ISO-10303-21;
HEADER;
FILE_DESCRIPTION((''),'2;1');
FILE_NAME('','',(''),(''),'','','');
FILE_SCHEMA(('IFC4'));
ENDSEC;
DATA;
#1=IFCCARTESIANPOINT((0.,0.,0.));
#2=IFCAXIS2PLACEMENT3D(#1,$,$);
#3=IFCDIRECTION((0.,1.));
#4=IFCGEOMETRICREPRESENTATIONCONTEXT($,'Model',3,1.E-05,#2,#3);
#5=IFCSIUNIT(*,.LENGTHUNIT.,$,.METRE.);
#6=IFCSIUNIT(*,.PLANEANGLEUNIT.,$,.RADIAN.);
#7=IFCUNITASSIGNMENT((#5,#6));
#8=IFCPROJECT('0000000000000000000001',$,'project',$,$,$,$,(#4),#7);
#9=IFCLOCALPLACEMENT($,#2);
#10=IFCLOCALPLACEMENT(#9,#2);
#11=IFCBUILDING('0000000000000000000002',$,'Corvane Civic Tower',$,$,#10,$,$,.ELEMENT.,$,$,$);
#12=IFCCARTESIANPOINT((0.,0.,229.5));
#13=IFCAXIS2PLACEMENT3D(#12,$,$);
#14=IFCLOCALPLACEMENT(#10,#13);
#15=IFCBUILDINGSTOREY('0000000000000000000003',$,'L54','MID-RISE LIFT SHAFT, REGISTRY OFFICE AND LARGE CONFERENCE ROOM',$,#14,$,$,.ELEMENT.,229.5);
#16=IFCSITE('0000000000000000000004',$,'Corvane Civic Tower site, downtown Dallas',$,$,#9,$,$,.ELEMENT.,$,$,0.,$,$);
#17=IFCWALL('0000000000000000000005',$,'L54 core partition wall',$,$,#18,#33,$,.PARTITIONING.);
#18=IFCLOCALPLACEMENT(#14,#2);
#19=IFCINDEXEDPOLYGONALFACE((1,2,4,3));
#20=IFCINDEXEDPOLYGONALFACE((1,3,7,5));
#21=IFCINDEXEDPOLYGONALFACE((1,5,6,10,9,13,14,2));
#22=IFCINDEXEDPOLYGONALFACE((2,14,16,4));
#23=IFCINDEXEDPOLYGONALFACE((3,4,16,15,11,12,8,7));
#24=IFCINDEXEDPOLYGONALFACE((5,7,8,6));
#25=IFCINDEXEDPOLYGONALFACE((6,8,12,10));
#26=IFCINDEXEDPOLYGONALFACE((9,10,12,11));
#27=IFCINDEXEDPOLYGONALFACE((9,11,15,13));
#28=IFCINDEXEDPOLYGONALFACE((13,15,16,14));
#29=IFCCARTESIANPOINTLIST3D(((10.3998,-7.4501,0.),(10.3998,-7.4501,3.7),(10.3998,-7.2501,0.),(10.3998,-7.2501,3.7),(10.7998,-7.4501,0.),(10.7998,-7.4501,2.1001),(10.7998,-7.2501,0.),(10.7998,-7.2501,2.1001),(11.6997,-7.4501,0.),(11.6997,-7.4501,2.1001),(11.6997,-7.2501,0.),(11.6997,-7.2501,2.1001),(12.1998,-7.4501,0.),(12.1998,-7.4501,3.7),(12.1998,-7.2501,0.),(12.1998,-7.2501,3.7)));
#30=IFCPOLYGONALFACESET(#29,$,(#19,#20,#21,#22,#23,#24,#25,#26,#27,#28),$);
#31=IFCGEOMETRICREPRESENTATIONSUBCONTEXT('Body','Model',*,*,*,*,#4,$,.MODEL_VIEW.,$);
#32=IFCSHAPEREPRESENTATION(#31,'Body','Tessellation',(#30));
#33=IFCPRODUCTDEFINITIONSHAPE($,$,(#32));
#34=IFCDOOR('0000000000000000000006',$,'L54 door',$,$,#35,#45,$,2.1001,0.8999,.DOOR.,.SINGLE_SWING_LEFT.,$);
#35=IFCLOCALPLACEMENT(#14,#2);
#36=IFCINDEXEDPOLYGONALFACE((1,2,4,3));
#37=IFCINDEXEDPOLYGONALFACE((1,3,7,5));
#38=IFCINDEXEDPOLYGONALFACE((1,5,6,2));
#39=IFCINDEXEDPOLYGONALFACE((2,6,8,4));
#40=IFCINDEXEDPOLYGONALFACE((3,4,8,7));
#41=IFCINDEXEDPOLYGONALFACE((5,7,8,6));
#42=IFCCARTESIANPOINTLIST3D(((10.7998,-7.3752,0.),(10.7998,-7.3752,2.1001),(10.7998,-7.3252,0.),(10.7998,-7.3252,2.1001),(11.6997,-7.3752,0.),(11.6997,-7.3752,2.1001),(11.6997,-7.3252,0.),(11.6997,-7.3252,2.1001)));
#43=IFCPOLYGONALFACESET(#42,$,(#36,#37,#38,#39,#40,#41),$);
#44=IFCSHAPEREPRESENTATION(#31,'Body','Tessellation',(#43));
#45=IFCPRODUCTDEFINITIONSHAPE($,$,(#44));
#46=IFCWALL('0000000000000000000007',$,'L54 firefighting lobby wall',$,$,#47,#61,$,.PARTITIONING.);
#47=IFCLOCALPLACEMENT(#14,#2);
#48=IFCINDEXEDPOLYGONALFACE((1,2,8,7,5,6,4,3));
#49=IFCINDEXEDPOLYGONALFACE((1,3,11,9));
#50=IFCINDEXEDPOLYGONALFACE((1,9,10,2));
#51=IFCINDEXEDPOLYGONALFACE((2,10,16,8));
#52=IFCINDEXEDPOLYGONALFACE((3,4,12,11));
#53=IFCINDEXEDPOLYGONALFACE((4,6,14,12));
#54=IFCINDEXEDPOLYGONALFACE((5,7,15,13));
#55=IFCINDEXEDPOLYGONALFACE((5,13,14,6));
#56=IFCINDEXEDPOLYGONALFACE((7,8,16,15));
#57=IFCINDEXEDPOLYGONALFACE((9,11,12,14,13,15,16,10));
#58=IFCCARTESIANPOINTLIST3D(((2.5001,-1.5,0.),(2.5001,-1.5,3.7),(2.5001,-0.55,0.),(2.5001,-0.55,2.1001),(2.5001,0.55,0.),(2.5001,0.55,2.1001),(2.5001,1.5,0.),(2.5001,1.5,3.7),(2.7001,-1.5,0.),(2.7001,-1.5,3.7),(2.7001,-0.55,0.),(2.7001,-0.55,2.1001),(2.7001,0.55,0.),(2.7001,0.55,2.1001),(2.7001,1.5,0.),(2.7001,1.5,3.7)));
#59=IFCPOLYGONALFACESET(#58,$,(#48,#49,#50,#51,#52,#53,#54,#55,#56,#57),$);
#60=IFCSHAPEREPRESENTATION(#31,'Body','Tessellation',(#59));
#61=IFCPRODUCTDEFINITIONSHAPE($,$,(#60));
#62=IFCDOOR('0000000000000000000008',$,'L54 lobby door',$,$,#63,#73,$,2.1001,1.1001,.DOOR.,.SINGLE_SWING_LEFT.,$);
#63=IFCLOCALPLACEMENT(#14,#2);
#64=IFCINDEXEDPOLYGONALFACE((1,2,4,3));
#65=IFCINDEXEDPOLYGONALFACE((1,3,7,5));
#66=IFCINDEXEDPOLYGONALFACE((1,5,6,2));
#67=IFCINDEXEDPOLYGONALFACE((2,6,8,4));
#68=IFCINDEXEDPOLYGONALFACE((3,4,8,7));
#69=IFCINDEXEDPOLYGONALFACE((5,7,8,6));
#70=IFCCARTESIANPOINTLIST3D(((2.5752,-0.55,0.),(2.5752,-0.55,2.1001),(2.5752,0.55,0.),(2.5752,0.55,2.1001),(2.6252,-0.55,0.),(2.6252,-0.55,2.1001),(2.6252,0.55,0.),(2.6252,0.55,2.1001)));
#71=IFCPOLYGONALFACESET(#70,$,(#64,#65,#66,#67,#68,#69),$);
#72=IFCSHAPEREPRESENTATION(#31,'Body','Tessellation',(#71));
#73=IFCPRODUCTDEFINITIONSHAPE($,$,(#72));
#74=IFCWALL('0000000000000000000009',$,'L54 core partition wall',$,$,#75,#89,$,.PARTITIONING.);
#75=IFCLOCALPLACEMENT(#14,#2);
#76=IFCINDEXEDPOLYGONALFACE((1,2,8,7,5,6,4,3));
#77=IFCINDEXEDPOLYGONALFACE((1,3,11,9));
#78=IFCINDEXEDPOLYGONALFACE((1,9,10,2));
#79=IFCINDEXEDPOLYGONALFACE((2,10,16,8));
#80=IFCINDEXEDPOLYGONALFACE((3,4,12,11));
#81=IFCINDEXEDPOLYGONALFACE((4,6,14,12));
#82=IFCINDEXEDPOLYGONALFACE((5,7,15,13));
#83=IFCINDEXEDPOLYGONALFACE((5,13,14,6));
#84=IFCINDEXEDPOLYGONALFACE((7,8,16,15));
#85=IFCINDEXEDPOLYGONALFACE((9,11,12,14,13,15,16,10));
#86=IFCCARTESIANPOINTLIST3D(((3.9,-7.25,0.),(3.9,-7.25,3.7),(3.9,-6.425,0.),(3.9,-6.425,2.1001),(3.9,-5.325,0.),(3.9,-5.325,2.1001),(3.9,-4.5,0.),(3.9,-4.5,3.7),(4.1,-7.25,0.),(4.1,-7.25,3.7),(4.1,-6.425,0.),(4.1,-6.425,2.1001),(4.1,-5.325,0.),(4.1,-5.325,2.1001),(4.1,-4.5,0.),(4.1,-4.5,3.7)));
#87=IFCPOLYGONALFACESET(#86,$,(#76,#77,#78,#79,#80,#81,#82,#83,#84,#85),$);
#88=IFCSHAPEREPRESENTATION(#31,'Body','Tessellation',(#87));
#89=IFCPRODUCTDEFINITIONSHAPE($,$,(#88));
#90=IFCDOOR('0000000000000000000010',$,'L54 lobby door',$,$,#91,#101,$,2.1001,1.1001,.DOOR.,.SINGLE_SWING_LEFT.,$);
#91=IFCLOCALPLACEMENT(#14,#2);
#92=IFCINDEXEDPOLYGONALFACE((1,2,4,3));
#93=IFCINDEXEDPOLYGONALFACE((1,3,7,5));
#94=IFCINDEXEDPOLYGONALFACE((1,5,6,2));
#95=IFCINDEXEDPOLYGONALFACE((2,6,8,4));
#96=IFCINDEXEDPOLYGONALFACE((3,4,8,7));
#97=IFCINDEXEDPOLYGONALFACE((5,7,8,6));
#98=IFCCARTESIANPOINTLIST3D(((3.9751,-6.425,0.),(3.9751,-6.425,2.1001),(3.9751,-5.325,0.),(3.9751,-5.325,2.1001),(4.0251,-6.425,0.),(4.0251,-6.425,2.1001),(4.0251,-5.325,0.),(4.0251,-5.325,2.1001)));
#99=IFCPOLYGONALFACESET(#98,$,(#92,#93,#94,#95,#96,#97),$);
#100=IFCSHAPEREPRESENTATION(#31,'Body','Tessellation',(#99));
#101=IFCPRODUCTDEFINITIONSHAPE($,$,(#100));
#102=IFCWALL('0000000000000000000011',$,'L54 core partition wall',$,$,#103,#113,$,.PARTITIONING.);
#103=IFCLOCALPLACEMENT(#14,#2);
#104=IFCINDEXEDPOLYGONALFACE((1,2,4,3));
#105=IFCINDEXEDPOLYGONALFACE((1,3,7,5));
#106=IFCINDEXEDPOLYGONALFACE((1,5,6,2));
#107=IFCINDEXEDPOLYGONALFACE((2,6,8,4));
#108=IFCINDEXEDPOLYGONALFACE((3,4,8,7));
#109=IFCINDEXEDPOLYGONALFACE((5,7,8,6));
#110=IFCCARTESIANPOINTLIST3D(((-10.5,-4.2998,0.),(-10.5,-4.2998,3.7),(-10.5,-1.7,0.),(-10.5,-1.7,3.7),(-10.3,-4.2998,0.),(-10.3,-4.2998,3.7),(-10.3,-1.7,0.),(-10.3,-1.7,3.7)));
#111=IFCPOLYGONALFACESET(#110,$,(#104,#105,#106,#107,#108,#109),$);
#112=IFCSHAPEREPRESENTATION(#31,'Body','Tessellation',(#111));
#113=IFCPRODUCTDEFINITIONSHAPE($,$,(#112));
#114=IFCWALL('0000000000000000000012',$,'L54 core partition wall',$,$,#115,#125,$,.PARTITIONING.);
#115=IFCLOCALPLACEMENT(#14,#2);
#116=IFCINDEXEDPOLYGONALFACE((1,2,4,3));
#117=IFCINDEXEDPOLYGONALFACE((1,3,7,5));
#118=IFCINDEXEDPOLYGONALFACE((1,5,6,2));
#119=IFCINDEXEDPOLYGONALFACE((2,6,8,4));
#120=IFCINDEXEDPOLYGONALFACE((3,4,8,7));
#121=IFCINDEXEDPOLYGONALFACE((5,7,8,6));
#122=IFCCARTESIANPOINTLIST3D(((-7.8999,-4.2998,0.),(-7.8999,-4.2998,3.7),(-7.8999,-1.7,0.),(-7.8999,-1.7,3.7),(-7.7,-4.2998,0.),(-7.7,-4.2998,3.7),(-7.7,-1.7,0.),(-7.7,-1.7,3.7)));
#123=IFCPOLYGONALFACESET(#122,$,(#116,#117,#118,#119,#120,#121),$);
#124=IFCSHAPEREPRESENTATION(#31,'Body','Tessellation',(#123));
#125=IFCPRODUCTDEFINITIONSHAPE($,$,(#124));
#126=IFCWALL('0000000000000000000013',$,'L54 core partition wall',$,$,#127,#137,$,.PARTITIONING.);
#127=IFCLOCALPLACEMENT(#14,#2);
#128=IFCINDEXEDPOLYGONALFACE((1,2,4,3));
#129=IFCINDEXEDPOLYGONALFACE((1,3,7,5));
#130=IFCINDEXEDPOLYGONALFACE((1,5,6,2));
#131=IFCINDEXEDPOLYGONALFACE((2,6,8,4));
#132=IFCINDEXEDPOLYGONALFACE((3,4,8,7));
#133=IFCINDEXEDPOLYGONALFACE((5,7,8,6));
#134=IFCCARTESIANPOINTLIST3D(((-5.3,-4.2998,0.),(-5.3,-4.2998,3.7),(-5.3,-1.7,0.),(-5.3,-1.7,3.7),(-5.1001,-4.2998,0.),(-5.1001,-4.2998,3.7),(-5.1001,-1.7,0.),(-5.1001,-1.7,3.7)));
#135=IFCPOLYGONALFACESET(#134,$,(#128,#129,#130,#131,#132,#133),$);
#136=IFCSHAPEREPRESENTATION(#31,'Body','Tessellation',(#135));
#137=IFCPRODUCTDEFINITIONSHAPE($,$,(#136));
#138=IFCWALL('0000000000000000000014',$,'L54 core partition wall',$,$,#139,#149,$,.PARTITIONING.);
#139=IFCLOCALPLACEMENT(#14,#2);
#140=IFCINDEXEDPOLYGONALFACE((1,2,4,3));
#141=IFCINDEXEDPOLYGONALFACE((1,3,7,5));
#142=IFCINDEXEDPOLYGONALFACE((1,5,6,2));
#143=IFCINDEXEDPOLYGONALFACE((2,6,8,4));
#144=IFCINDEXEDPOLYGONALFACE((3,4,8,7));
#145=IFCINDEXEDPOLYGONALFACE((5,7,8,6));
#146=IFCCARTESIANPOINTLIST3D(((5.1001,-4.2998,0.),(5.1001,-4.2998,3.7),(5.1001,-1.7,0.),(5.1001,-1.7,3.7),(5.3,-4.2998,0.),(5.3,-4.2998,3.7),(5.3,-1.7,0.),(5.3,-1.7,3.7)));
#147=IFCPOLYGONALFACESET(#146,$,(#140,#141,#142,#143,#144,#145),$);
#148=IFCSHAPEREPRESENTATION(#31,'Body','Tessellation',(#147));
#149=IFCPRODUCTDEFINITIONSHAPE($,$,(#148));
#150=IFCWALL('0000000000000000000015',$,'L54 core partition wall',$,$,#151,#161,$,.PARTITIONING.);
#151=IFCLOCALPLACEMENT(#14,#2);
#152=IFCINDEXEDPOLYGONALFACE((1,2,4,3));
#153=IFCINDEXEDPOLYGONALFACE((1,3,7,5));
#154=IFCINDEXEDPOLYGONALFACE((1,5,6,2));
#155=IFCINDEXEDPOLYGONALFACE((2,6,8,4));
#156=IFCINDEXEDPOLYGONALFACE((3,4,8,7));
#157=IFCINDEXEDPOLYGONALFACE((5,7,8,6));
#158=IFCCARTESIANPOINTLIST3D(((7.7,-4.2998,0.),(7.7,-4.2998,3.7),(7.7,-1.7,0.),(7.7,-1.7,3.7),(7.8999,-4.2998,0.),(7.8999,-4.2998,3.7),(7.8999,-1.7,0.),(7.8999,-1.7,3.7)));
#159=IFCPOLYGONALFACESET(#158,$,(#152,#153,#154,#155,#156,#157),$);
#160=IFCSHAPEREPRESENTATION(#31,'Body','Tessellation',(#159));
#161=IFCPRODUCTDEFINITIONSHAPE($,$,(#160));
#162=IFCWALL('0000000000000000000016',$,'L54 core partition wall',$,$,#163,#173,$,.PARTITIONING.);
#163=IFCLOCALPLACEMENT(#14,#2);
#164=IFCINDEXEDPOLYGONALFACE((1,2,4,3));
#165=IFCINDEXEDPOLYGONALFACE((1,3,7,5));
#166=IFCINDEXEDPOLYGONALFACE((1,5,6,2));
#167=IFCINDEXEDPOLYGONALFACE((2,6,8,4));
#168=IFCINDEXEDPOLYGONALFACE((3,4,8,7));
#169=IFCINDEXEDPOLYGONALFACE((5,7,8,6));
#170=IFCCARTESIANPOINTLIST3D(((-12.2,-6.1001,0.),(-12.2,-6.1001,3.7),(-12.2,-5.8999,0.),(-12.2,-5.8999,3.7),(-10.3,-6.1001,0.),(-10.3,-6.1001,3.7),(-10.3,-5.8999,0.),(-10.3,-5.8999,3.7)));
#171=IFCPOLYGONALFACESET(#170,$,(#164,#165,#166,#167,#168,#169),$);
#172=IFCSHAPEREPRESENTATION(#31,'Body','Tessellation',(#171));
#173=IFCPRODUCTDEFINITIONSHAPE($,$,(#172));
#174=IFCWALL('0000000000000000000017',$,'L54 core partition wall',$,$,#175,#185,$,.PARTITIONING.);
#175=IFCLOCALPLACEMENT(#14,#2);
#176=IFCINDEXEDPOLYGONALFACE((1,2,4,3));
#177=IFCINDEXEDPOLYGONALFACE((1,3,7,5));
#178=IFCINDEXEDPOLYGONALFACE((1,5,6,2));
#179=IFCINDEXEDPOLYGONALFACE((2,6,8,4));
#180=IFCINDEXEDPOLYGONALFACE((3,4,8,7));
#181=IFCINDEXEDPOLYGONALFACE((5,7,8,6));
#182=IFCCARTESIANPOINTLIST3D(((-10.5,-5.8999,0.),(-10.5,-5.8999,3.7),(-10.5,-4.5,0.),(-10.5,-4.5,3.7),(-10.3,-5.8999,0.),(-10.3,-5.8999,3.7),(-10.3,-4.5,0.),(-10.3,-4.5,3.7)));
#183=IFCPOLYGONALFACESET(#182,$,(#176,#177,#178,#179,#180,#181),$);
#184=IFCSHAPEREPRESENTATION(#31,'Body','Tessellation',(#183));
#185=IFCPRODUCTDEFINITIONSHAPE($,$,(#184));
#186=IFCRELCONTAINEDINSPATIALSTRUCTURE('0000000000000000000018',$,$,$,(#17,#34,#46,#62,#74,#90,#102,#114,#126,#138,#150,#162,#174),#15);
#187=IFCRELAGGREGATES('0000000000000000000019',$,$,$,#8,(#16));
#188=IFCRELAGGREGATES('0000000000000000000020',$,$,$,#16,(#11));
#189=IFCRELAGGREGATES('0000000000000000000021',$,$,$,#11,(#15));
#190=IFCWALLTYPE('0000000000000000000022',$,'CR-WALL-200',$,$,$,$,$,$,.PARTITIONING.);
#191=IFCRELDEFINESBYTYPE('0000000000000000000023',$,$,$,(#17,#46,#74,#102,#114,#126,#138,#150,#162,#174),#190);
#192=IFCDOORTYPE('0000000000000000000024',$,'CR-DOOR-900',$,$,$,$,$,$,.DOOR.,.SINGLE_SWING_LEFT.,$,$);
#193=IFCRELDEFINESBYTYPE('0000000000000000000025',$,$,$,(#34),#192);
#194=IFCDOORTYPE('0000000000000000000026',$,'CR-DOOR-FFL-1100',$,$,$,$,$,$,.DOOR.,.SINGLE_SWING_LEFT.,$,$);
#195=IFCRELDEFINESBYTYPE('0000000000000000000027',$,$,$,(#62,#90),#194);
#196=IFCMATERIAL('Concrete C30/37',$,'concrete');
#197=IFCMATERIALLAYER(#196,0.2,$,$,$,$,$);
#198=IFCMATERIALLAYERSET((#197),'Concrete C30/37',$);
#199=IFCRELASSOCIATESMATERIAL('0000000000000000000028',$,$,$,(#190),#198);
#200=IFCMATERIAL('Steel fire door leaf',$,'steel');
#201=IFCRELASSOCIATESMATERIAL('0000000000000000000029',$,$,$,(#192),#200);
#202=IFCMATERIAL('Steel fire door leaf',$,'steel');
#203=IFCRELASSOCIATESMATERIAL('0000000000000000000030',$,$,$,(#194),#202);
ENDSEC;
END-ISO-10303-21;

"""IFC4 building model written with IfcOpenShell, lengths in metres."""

from ifc_helpers import new_model, si_unit, direction, frame, frame_2d, origin, place, context, subcontext, project, spatial, polyline, rectangle, outline, extrude, material, layer, layer_set, type_object, element, fill, save


model = new_model("IFC4")

# Units and contexts
model_context = context("Model", 3, precision=1e-05, world=origin(), true_north=direction((0.0, 1.0)))
body_context = subcontext(model_context, "Body", "Model", "MODEL_VIEW")
ifc_project = project(units=[si_unit("LENGTHUNIT", "METRE"), si_unit("PLANEANGLEUNIT", "RADIAN")], contexts=[model_context])

# Site, building, storey
site_placement = place(None, origin())
site = spatial("IfcSite", under=ifc_project, at=site_placement, Name="Corvane Civic Tower site, downtown Dallas", CompositionType="ELEMENT", RefElevation=0.0)
building_placement = place(site_placement, origin())
building = spatial("IfcBuilding", under=site, at=building_placement, Name="Corvane Civic Tower", CompositionType="ELEMENT")
storey_placement = place(building_placement, frame((0.0, 0.0, 229.5)))
storey = spatial("IfcBuildingStorey", under=building, at=storey_placement, Name="L54", Description="MID-RISE LIFT SHAFT, REGISTRY OFFICE AND LARGE CONFERENCE ROOM", CompositionType="ELEMENT", Elevation=229.5)

# Walls, openings, doors
ifc_material_1 = material(Name="Concrete C30/37", Category="concrete")
ifc_layer_1 = layer(ifc_material_1, 0.2)
ifc_layer_set_1 = layer_set([ifc_layer_1], Name="Concrete C30/37")
wall_type_1 = type_object("IfcWallType", Name="CR-WALL-200", PredefinedType="PARTITIONING", material=ifc_layer_set_1)
wall_1_placement = place(storey_placement, frame((10.3999, -7.3501, 0.0), z_axis=(0.0, 0.0, 1.0), x_axis=(1.0, 0.0, 0.0)))
wall_1 = element("IfcWall", 1, at=wall_1_placement, inside=storey, type_object=wall_type_1, Name="L54 core partition wall", PredefinedType="PARTITIONING", context=body_context, shape_type="SweptSolid", body=[
    extrude(rectangle(XDim=1.8, YDim=0.2, at=frame_2d((0.8999, 0.0))), origin(), (0.0, 0.0, 1.0), 3.7),
])
opening_1_placement = place(wall_1_placement, frame((0.3999, 0.0, 0.0)))
opening_1 = element("IfcOpeningElement", 2, at=opening_1_placement, cuts=wall_1, PredefinedType="OPENING", context=body_context, shape_type="SweptSolid", body=[
    extrude(rectangle(XDim=0.8999, YDim=2.1001, at=frame_2d((0.45, 1.05))), frame((0.0, 0.1099, 0.0), z_axis=(0.0, -1.0, 0.0), x_axis=(1.0, 0.0, 0.0)), (0.0, 0.0, 1.0), 0.22),
])
ifc_material_2 = material(Name="Steel fire door leaf", Category="steel")
door_type_1 = type_object("IfcDoorType", Name="CR-DOOR-900", OperationType="SINGLE_SWING_LEFT", PredefinedType="DOOR", material=ifc_material_2)
door_1_placement = place(opening_1_placement, origin())
door_1 = element("IfcDoor", 3, at=door_1_placement, inside=storey, type_object=door_type_1, Name="L54 door", OperationType="SINGLE_SWING_LEFT", OverallHeight=2.1001, OverallWidth=0.8999, PredefinedType="DOOR", context=body_context, shape_type="SweptSolid", body=[
    extrude(rectangle(XDim=0.8999, YDim=2.1001, at=frame_2d((0.45, 1.05))), frame((0.0, 0.0249, 0.0), z_axis=(0.0, -1.0, 0.0), x_axis=(1.0, 0.0, 0.0)), (0.0, 0.0, 1.0), 0.05),
])
fill(opening_1, door_1)
wall_2_placement = place(storey_placement, frame((2.6001, -1.5, 0.0), z_axis=(0.0, 0.0, 1.0), x_axis=(0.0, 1.0, 0.0)))
wall_2 = element("IfcWall", 4, at=wall_2_placement, inside=storey, type_object=wall_type_1, Name="L54 firefighting lobby wall", PredefinedType="PARTITIONING", context=body_context, shape_type="SweptSolid", body=[
    extrude(rectangle(XDim=3.0, YDim=0.2, at=frame_2d((1.5, 0.0))), origin(), (0.0, 0.0, 1.0), 3.7),
])
opening_2_placement = place(wall_2_placement, frame((0.95, 0.0, 0.0)))
opening_2 = element("IfcOpeningElement", 5, at=opening_2_placement, cuts=wall_2, PredefinedType="OPENING", context=body_context, shape_type="SweptSolid", body=[
    extrude(rectangle(XDim=1.1001, YDim=2.1001, at=frame_2d((0.55, 1.05))), frame((0.0, 0.1099, 0.0), z_axis=(0.0, -1.0, 0.0), x_axis=(1.0, 0.0, 0.0)), (0.0, 0.0, 1.0), 0.22),
])
ifc_material_3 = material(Name="Steel fire door leaf", Category="steel")
door_type_2 = type_object("IfcDoorType", Name="CR-DOOR-FFL-1100", OperationType="SINGLE_SWING_LEFT", PredefinedType="DOOR", material=ifc_material_3)
door_2_placement = place(opening_2_placement, origin())
door_2 = element("IfcDoor", 6, at=door_2_placement, inside=storey, type_object=door_type_2, Name="L54 lobby door", OperationType="SINGLE_SWING_LEFT", OverallHeight=2.1001, OverallWidth=1.1001, PredefinedType="DOOR", context=body_context, shape_type="SweptSolid", body=[
    extrude(rectangle(XDim=1.1001, YDim=2.1001, at=frame_2d((0.55, 1.05))), frame((0.0, 0.0249, 0.0), z_axis=(0.0, -1.0, 0.0), x_axis=(1.0, 0.0, 0.0)), (0.0, 0.0, 1.0), 0.05),
])
fill(opening_2, door_2)
wall_3_placement = place(storey_placement, frame((4.0, -7.25, 0.0), z_axis=(0.0, 0.0, 1.0), x_axis=(0.0, 1.0, 0.0)))
wall_3 = element("IfcWall", 7, at=wall_3_placement, inside=storey, type_object=wall_type_1, Name="L54 core partition wall", PredefinedType="PARTITIONING", context=body_context, shape_type="SweptSolid", body=[
    extrude(rectangle(XDim=2.75, YDim=0.2, at=frame_2d((1.375, 0.0))), origin(), (0.0, 0.0, 1.0), 3.7),
])
opening_3_placement = place(wall_3_placement, frame((0.825, 0.0, 0.0)))
opening_3 = element("IfcOpeningElement", 8, at=opening_3_placement, cuts=wall_3, PredefinedType="OPENING", context=body_context, shape_type="SweptSolid", body=[
    extrude(rectangle(XDim=1.1001, YDim=2.1001, at=frame_2d((0.55, 1.05))), frame((0.0, 0.1099, 0.0), z_axis=(0.0, -1.0, 0.0), x_axis=(1.0, 0.0, 0.0)), (0.0, 0.0, 1.0), 0.22),
])
door_3_placement = place(opening_3_placement, origin())
door_3 = element("IfcDoor", 9, at=door_3_placement, inside=storey, type_object=door_type_2, Name="L54 lobby door", OperationType="SINGLE_SWING_LEFT", OverallHeight=2.1001, OverallWidth=1.1001, PredefinedType="DOOR", context=body_context, shape_type="SweptSolid", body=[
    extrude(rectangle(XDim=1.1001, YDim=2.1001, at=frame_2d((0.55, 1.05))), frame((0.0, 0.0249, 0.0), z_axis=(0.0, -1.0, 0.0), x_axis=(1.0, 0.0, 0.0)), (0.0, 0.0, 1.0), 0.05),
])
fill(opening_3, door_3)

# Walls
wall_4_placement = place(storey_placement, origin())
element("IfcWall", 10, at=wall_4_placement, inside=storey, type_object=wall_type_1, Name="L54 core partition wall", PredefinedType="PARTITIONING", context=body_context, shape_type="SweptSolid", body=[
    extrude(outline(polyline([(-10.3, -1.7), (-10.3, -4.2998), (-10.5, -4.2998), (-10.5, -1.7), (-10.3, -1.7)])), origin(), (0.0, 0.0, 1.0), 3.7),
])
wall_5_placement = place(storey_placement, origin())
element("IfcWall", 11, at=wall_5_placement, inside=storey, type_object=wall_type_1, Name="L54 core partition wall", PredefinedType="PARTITIONING", context=body_context, shape_type="SweptSolid", body=[
    extrude(outline(polyline([(-7.7, -1.7), (-7.7, -4.2998), (-7.8999, -4.2998), (-7.8999, -1.7), (-7.7, -1.7)])), origin(), (0.0, 0.0, 1.0), 3.7),
])
wall_6_placement = place(storey_placement, origin())
element("IfcWall", 12, at=wall_6_placement, inside=storey, type_object=wall_type_1, Name="L54 core partition wall", PredefinedType="PARTITIONING", context=body_context, shape_type="SweptSolid", body=[
    extrude(outline(polyline([(-5.1001, -1.7), (-5.1001, -4.2998), (-5.3, -4.2998), (-5.3, -1.7), (-5.1001, -1.7)])), origin(), (0.0, 0.0, 1.0), 3.7),
])
wall_7_placement = place(storey_placement, origin())
element("IfcWall", 13, at=wall_7_placement, inside=storey, type_object=wall_type_1, Name="L54 core partition wall", PredefinedType="PARTITIONING", context=body_context, shape_type="SweptSolid", body=[
    extrude(outline(polyline([(5.3, -1.7), (5.3, -4.2998), (5.1001, -4.2998), (5.1001, -1.7), (5.3, -1.7)])), origin(), (0.0, 0.0, 1.0), 3.7),
])
wall_8_placement = place(storey_placement, origin())
element("IfcWall", 14, at=wall_8_placement, inside=storey, type_object=wall_type_1, Name="L54 core partition wall", PredefinedType="PARTITIONING", context=body_context, shape_type="SweptSolid", body=[
    extrude(outline(polyline([(7.8999, -1.7), (7.8999, -4.2998), (7.7, -4.2998), (7.7, -1.7), (7.8999, -1.7)])), origin(), (0.0, 0.0, 1.0), 3.7),
])
wall_9_placement = place(storey_placement, origin())
element("IfcWall", 15, at=wall_9_placement, inside=storey, type_object=wall_type_1, Name="L54 core partition wall", PredefinedType="PARTITIONING", context=body_context, shape_type="SweptSolid", body=[
    extrude(outline(polyline([(-10.3, -6.1001), (-12.2, -6.1001), (-12.2, -5.8999), (-10.3, -5.8999), (-10.3, -6.1001)])), origin(), (0.0, 0.0, 1.0), 3.7),
])
wall_10_placement = place(storey_placement, origin())
element("IfcWall", 16, at=wall_10_placement, inside=storey, type_object=wall_type_1, Name="L54 core partition wall", PredefinedType="PARTITIONING", context=body_context, shape_type="SweptSolid", body=[
    extrude(outline(polyline([(-10.3, -5.8999), (-10.5, -5.8999), (-10.5, -4.5), (-10.3, -4.5), (-10.3, -5.8999)])), origin(), (0.0, 0.0, 1.0), 3.7),
])

save(model, "model.ifc")
